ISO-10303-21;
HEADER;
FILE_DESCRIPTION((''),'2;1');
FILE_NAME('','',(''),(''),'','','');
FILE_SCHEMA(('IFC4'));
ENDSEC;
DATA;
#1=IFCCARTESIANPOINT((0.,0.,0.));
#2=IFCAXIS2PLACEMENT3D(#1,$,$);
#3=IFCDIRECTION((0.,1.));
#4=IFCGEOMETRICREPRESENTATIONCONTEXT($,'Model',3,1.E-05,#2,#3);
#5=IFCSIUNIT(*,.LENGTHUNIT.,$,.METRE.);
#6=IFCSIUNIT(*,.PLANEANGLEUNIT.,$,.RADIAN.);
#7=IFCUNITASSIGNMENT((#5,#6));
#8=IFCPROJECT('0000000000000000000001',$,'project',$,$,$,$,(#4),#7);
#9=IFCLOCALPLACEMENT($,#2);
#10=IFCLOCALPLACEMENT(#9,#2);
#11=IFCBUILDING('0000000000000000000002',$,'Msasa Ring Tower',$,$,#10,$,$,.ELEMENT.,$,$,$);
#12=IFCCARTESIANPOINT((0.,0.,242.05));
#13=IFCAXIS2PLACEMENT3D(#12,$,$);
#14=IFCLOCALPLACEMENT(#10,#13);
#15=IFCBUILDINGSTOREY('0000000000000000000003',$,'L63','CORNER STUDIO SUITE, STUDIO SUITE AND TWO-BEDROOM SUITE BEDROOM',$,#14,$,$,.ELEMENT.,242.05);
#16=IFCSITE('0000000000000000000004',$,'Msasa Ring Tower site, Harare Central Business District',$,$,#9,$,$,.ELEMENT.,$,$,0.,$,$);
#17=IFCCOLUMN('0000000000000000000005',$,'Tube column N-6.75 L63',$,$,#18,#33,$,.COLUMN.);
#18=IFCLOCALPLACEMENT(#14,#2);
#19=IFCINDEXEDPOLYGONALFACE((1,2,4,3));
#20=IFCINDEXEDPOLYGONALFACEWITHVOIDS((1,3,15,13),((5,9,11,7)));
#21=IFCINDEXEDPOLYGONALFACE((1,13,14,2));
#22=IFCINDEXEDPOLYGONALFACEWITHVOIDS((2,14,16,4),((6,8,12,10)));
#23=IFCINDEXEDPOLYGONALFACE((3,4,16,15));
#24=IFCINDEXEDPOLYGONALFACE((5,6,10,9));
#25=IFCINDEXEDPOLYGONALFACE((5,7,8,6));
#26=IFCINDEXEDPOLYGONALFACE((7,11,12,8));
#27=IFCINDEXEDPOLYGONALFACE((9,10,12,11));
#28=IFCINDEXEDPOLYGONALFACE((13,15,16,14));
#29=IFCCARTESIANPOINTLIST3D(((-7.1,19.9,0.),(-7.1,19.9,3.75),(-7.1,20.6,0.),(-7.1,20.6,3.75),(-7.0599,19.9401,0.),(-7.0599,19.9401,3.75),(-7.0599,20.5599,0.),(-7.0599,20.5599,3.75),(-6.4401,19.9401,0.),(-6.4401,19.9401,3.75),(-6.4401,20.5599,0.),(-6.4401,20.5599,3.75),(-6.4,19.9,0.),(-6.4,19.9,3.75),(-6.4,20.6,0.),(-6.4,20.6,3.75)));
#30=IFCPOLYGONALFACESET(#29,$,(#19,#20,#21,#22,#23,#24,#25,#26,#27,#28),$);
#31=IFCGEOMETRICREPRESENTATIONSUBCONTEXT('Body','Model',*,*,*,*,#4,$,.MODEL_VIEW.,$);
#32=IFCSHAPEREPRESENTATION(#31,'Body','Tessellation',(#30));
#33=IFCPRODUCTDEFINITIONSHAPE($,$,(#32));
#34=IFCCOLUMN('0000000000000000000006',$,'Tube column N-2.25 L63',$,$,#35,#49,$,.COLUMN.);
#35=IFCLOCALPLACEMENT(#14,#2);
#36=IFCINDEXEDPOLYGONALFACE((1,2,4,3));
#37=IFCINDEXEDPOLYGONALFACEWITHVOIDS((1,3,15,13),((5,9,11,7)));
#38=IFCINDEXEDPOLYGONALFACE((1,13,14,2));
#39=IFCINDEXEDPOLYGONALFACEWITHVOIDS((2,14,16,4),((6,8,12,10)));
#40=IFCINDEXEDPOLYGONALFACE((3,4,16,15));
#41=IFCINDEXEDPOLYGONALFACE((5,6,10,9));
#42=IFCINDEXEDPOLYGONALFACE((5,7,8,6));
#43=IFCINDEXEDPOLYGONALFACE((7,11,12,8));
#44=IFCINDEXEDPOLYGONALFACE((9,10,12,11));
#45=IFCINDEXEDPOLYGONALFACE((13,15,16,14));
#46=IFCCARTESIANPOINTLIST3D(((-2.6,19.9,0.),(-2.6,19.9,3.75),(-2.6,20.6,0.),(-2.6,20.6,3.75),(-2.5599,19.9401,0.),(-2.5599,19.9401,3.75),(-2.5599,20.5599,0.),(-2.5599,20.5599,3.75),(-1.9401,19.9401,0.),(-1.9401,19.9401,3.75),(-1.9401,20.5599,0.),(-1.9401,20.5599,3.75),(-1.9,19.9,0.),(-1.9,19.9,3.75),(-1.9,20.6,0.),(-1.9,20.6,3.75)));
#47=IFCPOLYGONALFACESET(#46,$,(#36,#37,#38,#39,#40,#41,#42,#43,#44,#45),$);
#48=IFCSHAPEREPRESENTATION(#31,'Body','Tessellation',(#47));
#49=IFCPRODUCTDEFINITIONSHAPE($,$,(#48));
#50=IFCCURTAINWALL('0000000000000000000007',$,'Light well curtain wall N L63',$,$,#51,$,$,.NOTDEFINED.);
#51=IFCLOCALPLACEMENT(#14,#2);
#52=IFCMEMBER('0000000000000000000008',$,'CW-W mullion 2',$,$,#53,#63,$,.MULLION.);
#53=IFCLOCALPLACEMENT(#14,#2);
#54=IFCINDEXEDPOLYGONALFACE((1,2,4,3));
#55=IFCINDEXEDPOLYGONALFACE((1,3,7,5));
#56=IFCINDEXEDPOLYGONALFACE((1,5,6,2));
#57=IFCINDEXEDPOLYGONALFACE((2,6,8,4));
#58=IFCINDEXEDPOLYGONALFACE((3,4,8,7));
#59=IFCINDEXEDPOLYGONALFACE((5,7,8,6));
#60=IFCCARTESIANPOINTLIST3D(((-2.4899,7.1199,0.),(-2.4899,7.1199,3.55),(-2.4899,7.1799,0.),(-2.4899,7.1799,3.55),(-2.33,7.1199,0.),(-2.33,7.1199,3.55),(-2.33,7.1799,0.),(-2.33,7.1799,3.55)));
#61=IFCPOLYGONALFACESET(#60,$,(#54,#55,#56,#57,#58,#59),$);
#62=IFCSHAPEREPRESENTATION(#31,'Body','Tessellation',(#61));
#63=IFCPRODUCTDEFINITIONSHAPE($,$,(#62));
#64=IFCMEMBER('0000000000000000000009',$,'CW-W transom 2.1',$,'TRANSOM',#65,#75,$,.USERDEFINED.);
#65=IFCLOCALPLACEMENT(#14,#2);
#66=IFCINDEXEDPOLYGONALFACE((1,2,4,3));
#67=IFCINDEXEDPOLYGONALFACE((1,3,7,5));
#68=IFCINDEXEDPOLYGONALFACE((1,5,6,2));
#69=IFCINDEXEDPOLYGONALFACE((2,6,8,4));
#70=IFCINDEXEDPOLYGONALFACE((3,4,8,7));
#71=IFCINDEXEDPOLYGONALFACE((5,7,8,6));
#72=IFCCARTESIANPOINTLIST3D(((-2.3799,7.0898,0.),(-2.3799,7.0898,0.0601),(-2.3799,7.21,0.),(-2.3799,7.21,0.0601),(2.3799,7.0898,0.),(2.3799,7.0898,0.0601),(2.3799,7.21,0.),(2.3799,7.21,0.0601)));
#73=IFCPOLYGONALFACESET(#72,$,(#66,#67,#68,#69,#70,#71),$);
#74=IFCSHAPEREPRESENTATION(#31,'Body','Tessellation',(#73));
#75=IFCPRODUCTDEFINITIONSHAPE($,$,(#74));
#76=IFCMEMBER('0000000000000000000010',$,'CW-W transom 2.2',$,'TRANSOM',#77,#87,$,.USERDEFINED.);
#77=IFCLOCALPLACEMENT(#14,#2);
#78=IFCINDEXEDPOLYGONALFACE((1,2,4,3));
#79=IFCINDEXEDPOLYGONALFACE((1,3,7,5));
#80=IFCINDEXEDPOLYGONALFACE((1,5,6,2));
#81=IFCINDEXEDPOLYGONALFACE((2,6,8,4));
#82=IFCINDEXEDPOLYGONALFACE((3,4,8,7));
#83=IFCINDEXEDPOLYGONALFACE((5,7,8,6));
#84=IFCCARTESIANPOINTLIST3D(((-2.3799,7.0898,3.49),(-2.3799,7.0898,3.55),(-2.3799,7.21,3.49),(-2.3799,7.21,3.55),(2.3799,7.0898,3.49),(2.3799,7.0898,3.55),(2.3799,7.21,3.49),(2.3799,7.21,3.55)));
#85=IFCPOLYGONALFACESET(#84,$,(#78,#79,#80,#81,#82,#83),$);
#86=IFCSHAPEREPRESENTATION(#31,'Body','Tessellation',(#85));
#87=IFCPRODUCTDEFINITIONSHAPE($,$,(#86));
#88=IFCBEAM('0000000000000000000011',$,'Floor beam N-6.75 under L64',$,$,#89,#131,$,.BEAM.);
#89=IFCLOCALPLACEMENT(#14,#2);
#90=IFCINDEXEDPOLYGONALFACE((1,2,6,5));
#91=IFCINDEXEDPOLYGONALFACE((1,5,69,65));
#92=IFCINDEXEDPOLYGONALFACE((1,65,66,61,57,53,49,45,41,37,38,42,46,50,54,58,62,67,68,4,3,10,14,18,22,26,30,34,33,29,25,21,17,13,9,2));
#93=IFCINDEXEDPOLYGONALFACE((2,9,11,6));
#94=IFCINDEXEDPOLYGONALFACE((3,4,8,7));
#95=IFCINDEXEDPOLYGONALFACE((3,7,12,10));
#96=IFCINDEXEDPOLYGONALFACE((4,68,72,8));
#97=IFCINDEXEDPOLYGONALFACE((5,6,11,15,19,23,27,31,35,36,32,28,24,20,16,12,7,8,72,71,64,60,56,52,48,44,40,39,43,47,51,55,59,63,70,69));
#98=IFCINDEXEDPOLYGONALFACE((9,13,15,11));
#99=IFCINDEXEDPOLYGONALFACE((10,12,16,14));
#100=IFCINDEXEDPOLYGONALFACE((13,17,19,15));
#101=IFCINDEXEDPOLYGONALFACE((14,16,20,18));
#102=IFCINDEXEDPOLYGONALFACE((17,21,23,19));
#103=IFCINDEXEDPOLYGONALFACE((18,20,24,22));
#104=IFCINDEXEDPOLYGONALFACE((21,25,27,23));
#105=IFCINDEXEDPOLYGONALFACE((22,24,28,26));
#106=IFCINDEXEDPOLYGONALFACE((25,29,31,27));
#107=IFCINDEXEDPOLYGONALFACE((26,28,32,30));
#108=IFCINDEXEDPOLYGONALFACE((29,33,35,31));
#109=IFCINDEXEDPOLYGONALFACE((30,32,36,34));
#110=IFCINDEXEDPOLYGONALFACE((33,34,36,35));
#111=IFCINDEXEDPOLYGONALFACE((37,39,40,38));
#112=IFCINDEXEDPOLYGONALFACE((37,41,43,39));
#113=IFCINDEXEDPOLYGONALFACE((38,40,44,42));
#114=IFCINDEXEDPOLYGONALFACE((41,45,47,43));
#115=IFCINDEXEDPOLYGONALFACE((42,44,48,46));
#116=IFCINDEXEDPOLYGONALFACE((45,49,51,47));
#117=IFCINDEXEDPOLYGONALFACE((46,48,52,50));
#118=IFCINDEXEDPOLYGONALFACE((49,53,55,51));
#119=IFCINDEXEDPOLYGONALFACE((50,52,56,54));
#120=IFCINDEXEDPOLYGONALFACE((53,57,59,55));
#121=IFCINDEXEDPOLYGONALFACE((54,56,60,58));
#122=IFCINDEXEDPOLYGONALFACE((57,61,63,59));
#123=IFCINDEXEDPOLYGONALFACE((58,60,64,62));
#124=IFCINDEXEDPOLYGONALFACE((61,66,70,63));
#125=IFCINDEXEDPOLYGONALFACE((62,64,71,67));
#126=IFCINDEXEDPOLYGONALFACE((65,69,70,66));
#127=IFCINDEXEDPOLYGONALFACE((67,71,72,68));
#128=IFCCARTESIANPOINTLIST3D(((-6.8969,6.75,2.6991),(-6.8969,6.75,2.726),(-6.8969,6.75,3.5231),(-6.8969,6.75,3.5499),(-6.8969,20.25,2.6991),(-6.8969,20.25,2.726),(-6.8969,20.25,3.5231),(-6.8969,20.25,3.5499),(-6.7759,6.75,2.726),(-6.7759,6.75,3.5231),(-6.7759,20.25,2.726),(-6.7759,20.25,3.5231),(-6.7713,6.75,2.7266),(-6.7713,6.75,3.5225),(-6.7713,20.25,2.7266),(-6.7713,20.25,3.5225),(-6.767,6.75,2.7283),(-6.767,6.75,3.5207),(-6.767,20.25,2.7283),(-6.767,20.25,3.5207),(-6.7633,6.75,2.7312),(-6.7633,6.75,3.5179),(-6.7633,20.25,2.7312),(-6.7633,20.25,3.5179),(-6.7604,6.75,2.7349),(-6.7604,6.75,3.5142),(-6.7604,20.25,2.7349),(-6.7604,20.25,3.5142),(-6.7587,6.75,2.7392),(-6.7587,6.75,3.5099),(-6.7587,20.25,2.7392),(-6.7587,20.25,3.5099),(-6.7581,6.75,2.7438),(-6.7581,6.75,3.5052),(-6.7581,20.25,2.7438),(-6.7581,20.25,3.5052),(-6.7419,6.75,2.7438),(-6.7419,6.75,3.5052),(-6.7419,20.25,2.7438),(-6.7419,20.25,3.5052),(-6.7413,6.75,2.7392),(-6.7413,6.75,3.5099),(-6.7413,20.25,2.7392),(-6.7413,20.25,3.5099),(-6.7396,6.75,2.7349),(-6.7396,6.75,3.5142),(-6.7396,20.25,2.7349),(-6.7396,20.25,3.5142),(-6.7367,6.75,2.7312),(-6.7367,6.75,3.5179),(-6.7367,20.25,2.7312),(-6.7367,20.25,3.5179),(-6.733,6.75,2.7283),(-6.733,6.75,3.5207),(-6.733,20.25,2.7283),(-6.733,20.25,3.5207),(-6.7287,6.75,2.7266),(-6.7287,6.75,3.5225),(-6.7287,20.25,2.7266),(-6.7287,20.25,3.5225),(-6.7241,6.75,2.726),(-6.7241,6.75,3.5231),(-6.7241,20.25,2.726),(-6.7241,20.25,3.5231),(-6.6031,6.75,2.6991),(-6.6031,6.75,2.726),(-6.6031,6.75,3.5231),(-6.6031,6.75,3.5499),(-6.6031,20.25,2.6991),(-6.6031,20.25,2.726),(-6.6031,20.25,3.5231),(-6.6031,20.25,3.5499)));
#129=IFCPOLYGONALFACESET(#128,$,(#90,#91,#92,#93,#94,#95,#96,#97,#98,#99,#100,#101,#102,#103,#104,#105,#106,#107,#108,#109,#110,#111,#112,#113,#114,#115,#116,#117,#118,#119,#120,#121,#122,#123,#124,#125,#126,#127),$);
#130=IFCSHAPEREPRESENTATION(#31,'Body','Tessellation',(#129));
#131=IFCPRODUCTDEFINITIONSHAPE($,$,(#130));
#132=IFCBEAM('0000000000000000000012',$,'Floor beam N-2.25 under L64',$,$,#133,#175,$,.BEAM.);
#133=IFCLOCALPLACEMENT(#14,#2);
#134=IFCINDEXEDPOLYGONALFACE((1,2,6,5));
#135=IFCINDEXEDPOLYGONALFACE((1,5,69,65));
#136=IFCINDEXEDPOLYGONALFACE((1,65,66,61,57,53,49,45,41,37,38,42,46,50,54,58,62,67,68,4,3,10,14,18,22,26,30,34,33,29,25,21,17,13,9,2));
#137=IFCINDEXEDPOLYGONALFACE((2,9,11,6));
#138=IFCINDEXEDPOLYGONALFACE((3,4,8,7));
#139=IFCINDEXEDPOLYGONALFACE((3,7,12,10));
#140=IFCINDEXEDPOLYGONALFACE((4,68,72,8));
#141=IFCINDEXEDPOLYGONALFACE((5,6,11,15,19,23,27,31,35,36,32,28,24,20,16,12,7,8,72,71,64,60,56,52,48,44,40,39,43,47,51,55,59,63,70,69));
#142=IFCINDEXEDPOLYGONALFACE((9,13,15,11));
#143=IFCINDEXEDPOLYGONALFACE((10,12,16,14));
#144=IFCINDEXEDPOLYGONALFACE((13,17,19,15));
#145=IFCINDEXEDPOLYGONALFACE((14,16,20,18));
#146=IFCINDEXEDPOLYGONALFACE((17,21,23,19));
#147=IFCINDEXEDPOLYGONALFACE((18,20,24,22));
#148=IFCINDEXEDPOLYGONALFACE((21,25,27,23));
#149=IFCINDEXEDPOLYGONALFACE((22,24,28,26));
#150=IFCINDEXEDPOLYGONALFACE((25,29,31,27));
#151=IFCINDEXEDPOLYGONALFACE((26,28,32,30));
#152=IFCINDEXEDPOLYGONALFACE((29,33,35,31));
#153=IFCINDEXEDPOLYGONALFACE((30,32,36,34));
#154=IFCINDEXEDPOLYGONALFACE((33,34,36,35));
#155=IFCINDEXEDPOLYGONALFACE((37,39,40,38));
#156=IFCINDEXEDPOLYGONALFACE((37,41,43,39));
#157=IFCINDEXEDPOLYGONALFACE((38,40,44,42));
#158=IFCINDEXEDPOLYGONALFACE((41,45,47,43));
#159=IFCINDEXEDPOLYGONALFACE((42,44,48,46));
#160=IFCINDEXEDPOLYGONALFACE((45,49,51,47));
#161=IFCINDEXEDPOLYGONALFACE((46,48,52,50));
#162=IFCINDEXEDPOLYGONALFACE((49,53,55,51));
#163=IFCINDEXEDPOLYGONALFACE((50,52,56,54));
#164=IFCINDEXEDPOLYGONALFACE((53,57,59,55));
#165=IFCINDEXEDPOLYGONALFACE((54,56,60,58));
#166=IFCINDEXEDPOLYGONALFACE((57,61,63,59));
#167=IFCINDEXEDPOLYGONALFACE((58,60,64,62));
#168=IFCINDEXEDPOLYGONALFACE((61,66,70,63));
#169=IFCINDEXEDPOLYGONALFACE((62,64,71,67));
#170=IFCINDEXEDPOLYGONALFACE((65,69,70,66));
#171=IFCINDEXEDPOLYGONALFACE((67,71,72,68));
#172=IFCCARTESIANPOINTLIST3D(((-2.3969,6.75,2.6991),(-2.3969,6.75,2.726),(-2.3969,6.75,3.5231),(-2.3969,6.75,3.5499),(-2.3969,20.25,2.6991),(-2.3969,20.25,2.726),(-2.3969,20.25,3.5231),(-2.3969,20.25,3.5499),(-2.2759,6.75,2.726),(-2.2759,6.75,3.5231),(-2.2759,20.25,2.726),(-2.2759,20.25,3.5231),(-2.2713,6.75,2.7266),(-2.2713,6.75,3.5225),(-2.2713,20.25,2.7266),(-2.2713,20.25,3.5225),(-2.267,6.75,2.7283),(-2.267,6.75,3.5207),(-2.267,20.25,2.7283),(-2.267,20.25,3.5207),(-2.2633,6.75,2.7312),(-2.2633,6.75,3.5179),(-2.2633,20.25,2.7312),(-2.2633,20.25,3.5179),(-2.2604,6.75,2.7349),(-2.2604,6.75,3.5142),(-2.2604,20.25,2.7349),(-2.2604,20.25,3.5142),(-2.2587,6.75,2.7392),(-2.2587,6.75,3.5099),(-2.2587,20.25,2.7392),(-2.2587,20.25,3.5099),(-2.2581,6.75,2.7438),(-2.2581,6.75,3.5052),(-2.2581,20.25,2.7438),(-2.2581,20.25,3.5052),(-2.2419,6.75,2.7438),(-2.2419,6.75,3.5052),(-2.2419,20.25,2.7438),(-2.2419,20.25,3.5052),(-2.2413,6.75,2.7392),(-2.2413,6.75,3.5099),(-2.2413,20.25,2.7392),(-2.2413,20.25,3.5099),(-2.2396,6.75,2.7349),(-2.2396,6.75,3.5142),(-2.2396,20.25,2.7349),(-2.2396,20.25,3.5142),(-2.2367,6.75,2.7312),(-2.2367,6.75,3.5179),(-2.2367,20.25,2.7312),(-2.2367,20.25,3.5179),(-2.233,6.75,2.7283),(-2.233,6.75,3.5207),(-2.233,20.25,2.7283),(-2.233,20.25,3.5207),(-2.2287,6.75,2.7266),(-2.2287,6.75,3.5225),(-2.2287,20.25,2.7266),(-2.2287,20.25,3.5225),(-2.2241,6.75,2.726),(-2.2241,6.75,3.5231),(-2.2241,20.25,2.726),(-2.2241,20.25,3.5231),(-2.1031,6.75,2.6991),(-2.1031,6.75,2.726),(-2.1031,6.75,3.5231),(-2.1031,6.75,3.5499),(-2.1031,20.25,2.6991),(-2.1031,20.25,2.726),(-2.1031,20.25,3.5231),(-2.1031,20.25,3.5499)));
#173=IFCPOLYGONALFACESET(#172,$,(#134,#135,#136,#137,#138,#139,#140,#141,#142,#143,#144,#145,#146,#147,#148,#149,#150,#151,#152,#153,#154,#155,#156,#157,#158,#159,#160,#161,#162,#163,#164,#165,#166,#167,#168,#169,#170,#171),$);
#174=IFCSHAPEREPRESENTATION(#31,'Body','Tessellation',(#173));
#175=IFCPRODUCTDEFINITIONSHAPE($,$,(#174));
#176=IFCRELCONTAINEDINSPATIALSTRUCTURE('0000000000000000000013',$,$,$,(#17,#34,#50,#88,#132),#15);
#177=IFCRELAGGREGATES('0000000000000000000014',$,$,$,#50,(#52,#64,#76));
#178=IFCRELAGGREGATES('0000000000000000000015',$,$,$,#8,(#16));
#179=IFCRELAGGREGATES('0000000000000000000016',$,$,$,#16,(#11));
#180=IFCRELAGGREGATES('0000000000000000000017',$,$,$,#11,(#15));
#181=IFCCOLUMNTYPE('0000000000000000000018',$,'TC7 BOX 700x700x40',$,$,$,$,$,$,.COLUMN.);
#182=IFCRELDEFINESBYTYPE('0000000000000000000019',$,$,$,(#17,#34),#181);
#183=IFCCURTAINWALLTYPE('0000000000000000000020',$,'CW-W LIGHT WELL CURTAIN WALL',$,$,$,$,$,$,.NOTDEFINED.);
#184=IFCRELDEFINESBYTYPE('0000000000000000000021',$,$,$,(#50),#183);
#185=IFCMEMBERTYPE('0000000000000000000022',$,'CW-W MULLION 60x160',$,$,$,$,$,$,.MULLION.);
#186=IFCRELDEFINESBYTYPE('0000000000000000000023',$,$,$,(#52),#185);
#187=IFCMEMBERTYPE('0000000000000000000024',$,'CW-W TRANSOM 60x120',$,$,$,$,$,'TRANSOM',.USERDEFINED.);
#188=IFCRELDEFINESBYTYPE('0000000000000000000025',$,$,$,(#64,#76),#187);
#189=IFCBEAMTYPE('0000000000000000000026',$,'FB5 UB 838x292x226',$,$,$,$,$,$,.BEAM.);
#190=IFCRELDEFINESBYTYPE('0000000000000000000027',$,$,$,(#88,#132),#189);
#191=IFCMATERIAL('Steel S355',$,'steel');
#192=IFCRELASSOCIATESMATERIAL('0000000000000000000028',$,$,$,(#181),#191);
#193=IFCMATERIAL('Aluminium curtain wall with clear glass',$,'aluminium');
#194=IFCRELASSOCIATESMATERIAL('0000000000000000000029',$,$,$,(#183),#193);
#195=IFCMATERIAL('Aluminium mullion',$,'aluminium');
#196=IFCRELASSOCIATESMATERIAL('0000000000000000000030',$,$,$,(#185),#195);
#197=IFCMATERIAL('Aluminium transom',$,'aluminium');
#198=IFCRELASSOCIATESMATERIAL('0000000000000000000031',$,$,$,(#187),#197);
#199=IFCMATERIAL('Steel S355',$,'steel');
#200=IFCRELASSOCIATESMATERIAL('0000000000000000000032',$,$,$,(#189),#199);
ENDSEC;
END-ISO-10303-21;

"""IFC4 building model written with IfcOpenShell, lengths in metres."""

from ifc_helpers import new_model, si_unit, direction, frame, origin, origin_2d, place, context, subcontext, project, spatial, rectangle, hollow_rectangle, i_section, extrude, material, material_profile, profile_set, type_object, element, aggregate, save


model = new_model("IFC4")

# Units and contexts
model_context = context("Model", 3, precision=1e-05, world=origin(), true_north=direction((0.0, 1.0)))
body_context = subcontext(model_context, "Body", "Model", "MODEL_VIEW")
ifc_project = project(units=[si_unit("LENGTHUNIT", "METRE"), si_unit("PLANEANGLEUNIT", "RADIAN")], contexts=[model_context])

# Site, building, storey
site_placement = place(None, origin())
site = spatial("IfcSite", under=ifc_project, at=site_placement, Name="Msasa Ring Tower site, Harare Central Business District", CompositionType="ELEMENT", RefElevation=0.0)
building_placement = place(site_placement, origin())
building = spatial("IfcBuilding", under=site, at=building_placement, Name="Msasa Ring Tower", CompositionType="ELEMENT")
storey_placement = place(building_placement, frame((0.0, 0.0, 242.05)))
storey = spatial("IfcBuildingStorey", under=building, at=storey_placement, Name="L63", Description="CORNER STUDIO SUITE, STUDIO SUITE AND TWO-BEDROOM SUITE BEDROOM", CompositionType="ELEMENT", Elevation=242.05)

# Columns
ifc_material_1 = material(Name="Steel S355", Category="steel")
ifc_material_profile_1 = material_profile(ifc_material_1, hollow_rectangle(XDim=0.7, YDim=0.7, WallThickness=0.04, at=origin_2d()), Name="BOX 700x700x40")
ifc_profile_set_1 = profile_set([ifc_material_profile_1], Name="Steel S355")
column_type = type_object("IfcColumnType", Name="TC7 BOX 700x700x40", PredefinedType="COLUMN", material=ifc_profile_set_1)
for number, where, z_axis, x_axis, name in (
    (1, (-6.75, 20.25, 0.0), (0.0, 0.0, 1.0), (0.0, 1.0, 0.0), "Tube column N-6.75 L63"),
    (2, (-2.25, 20.25, 0.0), (0.0, 0.0, 1.0), (0.0, 1.0, 0.0), "Tube column N-2.25 L63"),
):
    element("IfcColumn", number, at=place(storey_placement, frame(where, z_axis=z_axis, x_axis=x_axis)), inside=storey, type_object=column_type, Name=name, PredefinedType="COLUMN", context=body_context, shape_type="SweptSolid", body=[
        extrude(hollow_rectangle(XDim=0.7, YDim=0.7, WallThickness=0.04, at=origin_2d()), origin(), (0.0, 0.0, 1.0), 3.75),
    ])

# Curtain wall, members
ifc_material_2 = material(Name="Aluminium curtain wall with clear glass", Category="aluminium")
curtain_wall_type = type_object("IfcCurtainWallType", Name="CW-W LIGHT WELL CURTAIN WALL", PredefinedType="NOTDEFINED", material=ifc_material_2)
curtain_wall_placement = place(storey_placement, origin())
curtain_wall = element("IfcCurtainWall", 3, at=curtain_wall_placement, inside=storey, type_object=curtain_wall_type, Name="Light well curtain wall N L63", PredefinedType="NOTDEFINED")
ifc_material_3 = material(Name="Aluminium mullion", Category="aluminium")
ifc_material_profile_2 = material_profile(ifc_material_3, rectangle(XDim=0.0601, YDim=0.1599, at=origin_2d()), Name="AL 60x160")
ifc_profile_set_2 = profile_set([ifc_material_profile_2], Name="Aluminium mullion")
member_type_1 = type_object("IfcMemberType", Name="CW-W MULLION 60x160", PredefinedType="MULLION", material=ifc_profile_set_2)
member_1_placement = place(storey_placement, frame((-2.4099, 7.1499, 0.0), z_axis=(0.0, 0.0, 1.0), x_axis=(0.0, 1.0, 0.0)))
member_1 = element("IfcMember", 4, at=member_1_placement, type_object=member_type_1, Name="CW-W mullion 2", PredefinedType="MULLION", context=body_context, shape_type="SweptSolid", body=[
    extrude(rectangle(XDim=0.0601, YDim=0.1599, at=origin_2d()), origin(), (0.0, 0.0, 1.0), 3.55),
])
ifc_material_4 = material(Name="Aluminium transom", Category="aluminium")
ifc_material_profile_3 = material_profile(ifc_material_4, rectangle(XDim=0.1201, YDim=0.0601, at=origin_2d()), Name="AL 60x120")
ifc_profile_set_3 = profile_set([ifc_material_profile_3], Name="Aluminium transom")
member_type_2 = type_object("IfcMemberType", Name="CW-W TRANSOM 60x120", ElementType="TRANSOM", PredefinedType="USERDEFINED", material=ifc_profile_set_3)
member_2_placement = place(storey_placement, frame((-2.3799, 7.1499, 0.03), z_axis=(1.0, 0.0, 0.0), x_axis=(0.0, 1.0, 0.0)))
member_2 = element("IfcMember", 5, at=member_2_placement, type_object=member_type_2, Name="CW-W transom 2.1", ObjectType="TRANSOM", PredefinedType="USERDEFINED", context=body_context, shape_type="SweptSolid", body=[
    extrude(rectangle(XDim=0.1201, YDim=0.0601, at=origin_2d()), origin(), (0.0, 0.0, 1.0), 4.7598),
])
member_3_placement = place(storey_placement, frame((-2.3799, 7.1499, 3.52), z_axis=(1.0, 0.0, 0.0), x_axis=(0.0, 1.0, 0.0)))
member_3 = element("IfcMember", 6, at=member_3_placement, type_object=member_type_2, Name="CW-W transom 2.2", ObjectType="TRANSOM", PredefinedType="USERDEFINED", context=body_context, shape_type="SweptSolid", body=[
    extrude(rectangle(XDim=0.1201, YDim=0.0601, at=origin_2d()), origin(), (0.0, 0.0, 1.0), 4.7598),
])

# Beams
ifc_material_5 = material(Name="Steel S355", Category="steel")
ifc_material_profile_4 = material_profile(ifc_material_5, i_section(OverallWidth=0.2937, OverallDepth=0.8508, WebThickness=0.0161, FlangeThickness=0.0269, FilletRadius=0.0178, at=origin_2d()), Name="UB 838x292x226")
ifc_profile_set_4 = profile_set([ifc_material_profile_4], Name="Steel S355")
beam_type_1 = type_object("IfcBeamType", Name="FB5 UB 838x292x226", PredefinedType="BEAM", material=ifc_profile_set_4)
for number, where, z_axis, x_axis, name in (
    (7, (-6.75, 20.25, 3.1245), (0.0, -1.0, 0.0), (1.0, 0.0, 0.0), "Floor beam N-6.75 under L64"),
    (8, (-2.25, 20.25, 3.1245), (0.0, -1.0, 0.0), (1.0, 0.0, 0.0), "Floor beam N-2.25 under L64"),
):
    element("IfcBeam", number, at=place(storey_placement, frame(where, z_axis=z_axis, x_axis=x_axis)), inside=storey, type_object=beam_type_1, Name=name, PredefinedType="BEAM", context=body_context, shape_type="SweptSolid", body=[
        extrude(i_section(OverallWidth=0.2937, OverallDepth=0.8508, WebThickness=0.0161, FlangeThickness=0.0269, FilletRadius=0.0178, at=origin_2d()), origin(), (0.0, 0.0, 1.0), 13.5),
    ])

aggregate(curtain_wall, [member_1, member_2, member_3])

save(model, "model.ifc")
